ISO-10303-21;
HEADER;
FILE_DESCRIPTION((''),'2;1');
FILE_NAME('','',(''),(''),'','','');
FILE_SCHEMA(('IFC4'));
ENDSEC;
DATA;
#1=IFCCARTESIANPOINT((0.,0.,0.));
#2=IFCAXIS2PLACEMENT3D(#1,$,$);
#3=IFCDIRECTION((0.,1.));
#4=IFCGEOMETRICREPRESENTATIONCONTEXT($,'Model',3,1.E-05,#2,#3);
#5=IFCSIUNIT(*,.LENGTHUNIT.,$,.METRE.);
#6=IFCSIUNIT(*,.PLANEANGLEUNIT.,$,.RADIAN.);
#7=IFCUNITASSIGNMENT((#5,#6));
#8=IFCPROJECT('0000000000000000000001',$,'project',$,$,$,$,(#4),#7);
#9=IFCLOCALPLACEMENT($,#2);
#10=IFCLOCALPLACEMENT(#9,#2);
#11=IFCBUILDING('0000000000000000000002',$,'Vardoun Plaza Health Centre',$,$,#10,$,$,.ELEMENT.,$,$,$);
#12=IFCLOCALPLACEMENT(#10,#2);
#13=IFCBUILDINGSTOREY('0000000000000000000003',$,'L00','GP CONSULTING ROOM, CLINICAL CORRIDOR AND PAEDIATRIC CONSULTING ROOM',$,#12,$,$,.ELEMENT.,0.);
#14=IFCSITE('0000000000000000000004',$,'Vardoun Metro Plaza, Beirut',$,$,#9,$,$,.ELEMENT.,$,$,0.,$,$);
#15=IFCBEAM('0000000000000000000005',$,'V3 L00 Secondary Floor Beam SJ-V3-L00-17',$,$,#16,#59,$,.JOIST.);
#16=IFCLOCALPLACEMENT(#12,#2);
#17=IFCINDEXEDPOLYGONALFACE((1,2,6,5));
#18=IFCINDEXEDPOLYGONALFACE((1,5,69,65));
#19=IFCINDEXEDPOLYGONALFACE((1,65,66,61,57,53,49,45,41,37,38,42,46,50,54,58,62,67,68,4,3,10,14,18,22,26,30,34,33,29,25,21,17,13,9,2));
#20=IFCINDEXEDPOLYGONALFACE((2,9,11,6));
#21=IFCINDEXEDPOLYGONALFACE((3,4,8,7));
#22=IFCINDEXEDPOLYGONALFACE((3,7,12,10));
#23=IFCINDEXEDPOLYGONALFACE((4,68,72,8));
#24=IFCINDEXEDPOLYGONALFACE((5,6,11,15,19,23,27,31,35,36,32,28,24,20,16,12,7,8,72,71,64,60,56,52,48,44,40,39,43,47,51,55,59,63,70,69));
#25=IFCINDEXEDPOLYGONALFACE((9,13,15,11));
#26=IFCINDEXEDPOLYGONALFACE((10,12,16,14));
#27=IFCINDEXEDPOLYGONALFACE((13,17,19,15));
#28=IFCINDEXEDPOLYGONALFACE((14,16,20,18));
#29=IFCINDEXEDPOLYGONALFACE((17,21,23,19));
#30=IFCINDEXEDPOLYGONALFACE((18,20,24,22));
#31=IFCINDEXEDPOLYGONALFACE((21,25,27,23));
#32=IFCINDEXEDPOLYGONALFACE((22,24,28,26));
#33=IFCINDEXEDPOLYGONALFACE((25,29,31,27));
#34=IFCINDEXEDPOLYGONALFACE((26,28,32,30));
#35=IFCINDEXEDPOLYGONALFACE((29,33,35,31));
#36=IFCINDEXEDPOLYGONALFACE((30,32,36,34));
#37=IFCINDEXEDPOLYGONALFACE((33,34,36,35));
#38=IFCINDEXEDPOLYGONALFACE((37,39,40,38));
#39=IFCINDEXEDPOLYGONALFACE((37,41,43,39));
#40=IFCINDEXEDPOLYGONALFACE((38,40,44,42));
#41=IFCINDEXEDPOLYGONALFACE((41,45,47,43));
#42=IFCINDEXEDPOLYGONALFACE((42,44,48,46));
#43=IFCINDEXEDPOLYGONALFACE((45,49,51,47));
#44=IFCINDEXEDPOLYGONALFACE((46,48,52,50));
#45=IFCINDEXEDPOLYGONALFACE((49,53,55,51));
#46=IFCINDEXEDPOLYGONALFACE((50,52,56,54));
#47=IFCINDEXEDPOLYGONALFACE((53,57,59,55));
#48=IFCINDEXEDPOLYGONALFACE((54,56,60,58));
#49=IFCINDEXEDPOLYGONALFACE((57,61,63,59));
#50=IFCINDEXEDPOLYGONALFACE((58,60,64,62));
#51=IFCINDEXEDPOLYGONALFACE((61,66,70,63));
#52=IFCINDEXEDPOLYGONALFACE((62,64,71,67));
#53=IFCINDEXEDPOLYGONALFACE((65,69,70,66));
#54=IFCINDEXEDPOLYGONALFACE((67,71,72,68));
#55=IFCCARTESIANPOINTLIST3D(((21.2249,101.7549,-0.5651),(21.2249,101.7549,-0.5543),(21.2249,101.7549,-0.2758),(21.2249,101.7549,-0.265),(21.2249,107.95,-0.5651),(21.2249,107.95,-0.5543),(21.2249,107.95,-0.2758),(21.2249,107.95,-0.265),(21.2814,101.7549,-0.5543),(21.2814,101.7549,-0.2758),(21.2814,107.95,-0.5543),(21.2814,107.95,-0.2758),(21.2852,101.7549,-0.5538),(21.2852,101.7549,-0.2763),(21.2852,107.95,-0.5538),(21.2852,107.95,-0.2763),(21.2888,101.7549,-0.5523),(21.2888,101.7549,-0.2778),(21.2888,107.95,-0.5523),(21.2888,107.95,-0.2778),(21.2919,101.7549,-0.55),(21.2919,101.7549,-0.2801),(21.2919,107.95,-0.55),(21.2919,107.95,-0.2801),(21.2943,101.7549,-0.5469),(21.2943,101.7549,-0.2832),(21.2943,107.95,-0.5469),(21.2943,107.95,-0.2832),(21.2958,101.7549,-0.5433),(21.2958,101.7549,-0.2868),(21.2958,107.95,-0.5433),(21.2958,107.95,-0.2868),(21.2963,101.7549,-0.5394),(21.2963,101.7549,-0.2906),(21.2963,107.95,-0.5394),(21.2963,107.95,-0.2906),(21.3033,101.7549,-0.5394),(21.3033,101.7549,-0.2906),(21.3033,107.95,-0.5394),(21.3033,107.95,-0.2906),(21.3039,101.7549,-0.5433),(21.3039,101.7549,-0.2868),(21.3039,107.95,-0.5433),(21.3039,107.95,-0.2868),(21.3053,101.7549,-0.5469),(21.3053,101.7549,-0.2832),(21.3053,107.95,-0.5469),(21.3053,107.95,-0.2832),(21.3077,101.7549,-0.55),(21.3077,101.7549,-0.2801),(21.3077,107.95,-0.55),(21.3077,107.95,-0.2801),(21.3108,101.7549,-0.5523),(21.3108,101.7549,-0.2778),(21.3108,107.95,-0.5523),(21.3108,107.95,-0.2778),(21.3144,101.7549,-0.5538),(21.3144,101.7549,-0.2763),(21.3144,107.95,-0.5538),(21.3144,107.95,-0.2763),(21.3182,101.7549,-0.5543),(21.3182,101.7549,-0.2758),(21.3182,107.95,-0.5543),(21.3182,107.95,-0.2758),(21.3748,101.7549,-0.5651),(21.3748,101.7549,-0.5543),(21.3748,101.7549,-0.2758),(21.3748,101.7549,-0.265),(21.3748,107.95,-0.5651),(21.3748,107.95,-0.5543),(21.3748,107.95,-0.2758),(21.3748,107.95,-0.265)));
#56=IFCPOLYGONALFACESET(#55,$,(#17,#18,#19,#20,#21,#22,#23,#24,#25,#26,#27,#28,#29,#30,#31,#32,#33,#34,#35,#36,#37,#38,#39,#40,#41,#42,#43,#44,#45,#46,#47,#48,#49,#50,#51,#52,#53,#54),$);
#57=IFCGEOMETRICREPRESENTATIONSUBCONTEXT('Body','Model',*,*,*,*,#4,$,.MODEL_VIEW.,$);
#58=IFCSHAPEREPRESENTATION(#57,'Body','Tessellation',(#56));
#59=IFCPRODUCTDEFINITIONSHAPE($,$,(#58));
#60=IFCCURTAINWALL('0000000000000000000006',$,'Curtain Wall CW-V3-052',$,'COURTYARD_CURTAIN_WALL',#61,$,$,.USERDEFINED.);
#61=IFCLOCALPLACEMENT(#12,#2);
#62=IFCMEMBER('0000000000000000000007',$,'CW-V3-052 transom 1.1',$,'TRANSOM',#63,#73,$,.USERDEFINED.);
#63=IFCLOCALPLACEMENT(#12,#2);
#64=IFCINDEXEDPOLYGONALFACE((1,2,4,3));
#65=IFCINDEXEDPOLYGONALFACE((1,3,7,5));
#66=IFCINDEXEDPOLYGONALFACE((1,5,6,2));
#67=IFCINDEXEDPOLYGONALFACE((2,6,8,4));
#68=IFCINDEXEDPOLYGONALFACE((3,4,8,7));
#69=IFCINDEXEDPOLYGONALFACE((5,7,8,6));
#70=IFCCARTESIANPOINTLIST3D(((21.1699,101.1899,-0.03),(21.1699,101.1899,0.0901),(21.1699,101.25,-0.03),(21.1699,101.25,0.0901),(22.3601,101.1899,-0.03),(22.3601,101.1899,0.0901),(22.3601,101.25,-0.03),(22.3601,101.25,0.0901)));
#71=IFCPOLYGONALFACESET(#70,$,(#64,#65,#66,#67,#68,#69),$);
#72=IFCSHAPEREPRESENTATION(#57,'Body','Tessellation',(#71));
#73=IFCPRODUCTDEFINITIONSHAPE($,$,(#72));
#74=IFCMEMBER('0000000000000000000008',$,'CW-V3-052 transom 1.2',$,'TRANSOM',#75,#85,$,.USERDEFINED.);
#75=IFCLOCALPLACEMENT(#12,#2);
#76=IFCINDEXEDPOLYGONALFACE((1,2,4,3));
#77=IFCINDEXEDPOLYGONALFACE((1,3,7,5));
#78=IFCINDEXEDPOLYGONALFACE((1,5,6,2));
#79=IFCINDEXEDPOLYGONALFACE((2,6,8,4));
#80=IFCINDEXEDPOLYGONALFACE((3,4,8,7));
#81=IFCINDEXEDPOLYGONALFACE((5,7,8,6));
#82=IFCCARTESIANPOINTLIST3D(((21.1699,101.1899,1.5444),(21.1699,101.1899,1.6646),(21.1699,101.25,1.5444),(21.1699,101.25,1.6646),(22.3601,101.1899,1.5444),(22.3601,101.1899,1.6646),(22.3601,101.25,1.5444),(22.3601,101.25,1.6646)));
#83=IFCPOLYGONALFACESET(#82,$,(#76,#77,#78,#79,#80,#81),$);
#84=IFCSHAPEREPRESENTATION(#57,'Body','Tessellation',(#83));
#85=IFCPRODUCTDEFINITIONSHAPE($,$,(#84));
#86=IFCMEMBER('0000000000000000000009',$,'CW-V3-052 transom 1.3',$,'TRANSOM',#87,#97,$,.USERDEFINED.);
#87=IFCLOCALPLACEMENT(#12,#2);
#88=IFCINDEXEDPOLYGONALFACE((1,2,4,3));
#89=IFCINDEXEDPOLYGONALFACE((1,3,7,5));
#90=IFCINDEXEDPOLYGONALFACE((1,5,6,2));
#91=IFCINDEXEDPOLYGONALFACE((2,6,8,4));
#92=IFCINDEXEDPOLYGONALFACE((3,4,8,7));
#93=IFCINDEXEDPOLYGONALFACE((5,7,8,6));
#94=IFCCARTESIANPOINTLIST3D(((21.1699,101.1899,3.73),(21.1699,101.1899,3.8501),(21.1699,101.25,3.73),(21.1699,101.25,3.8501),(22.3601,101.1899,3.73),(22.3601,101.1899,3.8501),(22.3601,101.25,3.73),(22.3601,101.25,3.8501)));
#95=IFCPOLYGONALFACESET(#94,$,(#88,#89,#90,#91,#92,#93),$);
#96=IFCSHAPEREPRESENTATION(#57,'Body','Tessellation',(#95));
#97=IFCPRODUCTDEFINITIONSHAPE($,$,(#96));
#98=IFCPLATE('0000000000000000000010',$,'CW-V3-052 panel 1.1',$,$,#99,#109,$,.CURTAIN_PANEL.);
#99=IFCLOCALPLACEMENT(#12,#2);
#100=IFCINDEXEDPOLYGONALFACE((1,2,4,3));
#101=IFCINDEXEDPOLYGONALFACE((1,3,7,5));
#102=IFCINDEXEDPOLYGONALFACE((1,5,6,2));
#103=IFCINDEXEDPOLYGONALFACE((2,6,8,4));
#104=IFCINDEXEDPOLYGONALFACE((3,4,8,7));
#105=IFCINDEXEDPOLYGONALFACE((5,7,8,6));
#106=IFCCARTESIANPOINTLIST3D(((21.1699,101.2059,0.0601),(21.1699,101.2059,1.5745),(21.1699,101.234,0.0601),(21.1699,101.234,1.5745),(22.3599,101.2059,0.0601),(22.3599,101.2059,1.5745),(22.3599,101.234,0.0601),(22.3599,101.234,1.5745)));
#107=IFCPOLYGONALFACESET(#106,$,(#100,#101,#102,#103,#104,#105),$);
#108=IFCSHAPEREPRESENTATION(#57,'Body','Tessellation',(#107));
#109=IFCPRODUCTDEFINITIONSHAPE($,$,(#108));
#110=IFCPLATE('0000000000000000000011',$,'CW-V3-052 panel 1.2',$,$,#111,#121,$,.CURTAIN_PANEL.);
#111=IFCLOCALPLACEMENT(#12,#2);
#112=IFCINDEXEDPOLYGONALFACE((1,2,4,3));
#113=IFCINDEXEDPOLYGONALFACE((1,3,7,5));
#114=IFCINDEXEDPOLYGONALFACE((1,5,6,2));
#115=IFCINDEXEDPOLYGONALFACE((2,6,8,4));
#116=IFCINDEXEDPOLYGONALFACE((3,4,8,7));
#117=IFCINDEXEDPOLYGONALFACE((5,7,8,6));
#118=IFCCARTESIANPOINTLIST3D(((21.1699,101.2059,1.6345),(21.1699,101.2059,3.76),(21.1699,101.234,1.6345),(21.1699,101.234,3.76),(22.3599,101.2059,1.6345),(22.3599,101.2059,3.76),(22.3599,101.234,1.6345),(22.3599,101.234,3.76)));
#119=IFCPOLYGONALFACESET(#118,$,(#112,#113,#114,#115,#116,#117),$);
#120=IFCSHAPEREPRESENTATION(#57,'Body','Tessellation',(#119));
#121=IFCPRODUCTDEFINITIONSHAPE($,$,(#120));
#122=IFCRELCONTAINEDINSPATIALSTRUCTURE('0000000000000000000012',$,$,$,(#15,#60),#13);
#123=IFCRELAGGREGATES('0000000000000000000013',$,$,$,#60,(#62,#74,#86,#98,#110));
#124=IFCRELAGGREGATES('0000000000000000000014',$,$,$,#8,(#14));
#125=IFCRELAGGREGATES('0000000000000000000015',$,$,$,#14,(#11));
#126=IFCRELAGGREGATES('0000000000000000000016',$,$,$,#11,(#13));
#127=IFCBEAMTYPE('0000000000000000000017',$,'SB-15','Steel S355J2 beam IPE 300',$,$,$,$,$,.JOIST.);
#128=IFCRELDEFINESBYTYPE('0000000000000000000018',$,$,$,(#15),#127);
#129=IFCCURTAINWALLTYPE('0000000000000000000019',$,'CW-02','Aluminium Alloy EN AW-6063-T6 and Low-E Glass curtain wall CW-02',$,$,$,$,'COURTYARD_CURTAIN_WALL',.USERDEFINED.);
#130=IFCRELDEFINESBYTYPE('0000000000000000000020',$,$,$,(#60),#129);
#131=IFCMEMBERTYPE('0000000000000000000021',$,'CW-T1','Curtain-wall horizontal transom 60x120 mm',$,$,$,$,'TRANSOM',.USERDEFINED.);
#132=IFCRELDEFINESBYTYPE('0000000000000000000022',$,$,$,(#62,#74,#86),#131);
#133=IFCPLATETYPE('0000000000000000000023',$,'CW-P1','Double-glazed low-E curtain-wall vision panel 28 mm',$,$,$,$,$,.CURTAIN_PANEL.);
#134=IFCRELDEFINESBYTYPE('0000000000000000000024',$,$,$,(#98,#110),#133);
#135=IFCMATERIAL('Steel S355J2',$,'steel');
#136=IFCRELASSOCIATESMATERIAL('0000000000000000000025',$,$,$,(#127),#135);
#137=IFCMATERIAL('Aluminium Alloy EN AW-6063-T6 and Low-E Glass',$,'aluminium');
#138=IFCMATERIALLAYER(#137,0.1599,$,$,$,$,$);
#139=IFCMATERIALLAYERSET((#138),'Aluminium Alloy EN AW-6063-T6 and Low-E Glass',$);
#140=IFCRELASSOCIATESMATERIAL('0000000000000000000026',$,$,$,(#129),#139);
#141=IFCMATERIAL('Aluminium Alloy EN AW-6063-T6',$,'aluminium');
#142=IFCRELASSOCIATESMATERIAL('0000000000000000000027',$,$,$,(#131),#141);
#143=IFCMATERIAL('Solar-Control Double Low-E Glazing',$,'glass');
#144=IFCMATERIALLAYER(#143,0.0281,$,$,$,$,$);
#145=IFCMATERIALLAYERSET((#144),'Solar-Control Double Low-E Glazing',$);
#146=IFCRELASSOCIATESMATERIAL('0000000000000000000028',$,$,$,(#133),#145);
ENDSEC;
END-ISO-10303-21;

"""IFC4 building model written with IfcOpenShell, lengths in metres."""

from ifc_helpers import new_model, si_unit, direction, frame, origin, origin_2d, place, context, subcontext, project, spatial, rectangle, i_section, extrude, material, layer, layer_set, material_profile, profile_set, type_object, element, aggregate, save


model = new_model("IFC4")

# Units and contexts
model_context = context("Model", 3, precision=1e-05, world=origin(), true_north=direction((0.0, 1.0)))
body_context = subcontext(model_context, "Body", "Model", "MODEL_VIEW")
ifc_project = project(units=[si_unit("LENGTHUNIT", "METRE"), si_unit("PLANEANGLEUNIT", "RADIAN")], contexts=[model_context])

# Site, building, storey
site_placement = place(None, origin())
site = spatial("IfcSite", under=ifc_project, at=site_placement, Name="Vardoun Metro Plaza, Beirut", CompositionType="ELEMENT", RefElevation=0.0)
building_placement = place(site_placement, origin())
building = spatial("IfcBuilding", under=site, at=building_placement, Name="Vardoun Plaza Health Centre", CompositionType="ELEMENT")
storey_placement = place(building_placement, origin())
storey = spatial("IfcBuildingStorey", under=building, at=storey_placement, Name="L00", Description="GP CONSULTING ROOM, CLINICAL CORRIDOR AND PAEDIATRIC CONSULTING ROOM", CompositionType="ELEMENT", Elevation=0.0)

# Beam
ifc_material_1 = material(Name="Steel S355J2", Category="steel")
ifc_material_profile_1 = material_profile(ifc_material_1, i_section(OverallWidth=0.1499, OverallDepth=0.3, WebThickness=0.0071, FlangeThickness=0.0107, FilletRadius=0.0149, at=origin_2d()), Name="IPE 300")
ifc_profile_set_1 = profile_set([ifc_material_profile_1], Name="Steel S355J2")
beam_type_1 = type_object("IfcBeamType", Name="SB-15", Description="Steel S355J2 beam IPE 300", PredefinedType="JOIST", material=ifc_profile_set_1)
beam_1_placement = place(storey_placement, frame((21.2998, 101.7549, -0.415), z_axis=(0.0, 1.0, 0.0), x_axis=(-1.0, 0.0, 0.0)))
element("IfcBeam", 1, at=beam_1_placement, inside=storey, type_object=beam_type_1, Name="V3 L00 Secondary Floor Beam SJ-V3-L00-17", PredefinedType="JOIST", context=body_context, shape_type="SweptSolid", body=[
    extrude(i_section(OverallWidth=0.1499, OverallDepth=0.3, WebThickness=0.0071, FlangeThickness=0.0107, FilletRadius=0.0149, at=origin_2d()), origin(), (0.0, 0.0, 1.0), 6.1951),
])

# Curtain wall, members, plates
ifc_material_2 = material(Name="Aluminium Alloy EN AW-6063-T6 and Low-E Glass", Category="aluminium")
ifc_layer_1 = layer(ifc_material_2, 0.1599)
ifc_layer_set_1 = layer_set([ifc_layer_1], Name="Aluminium Alloy EN AW-6063-T6 and Low-E Glass")
curtain_wall_type = type_object("IfcCurtainWallType", Name="CW-02", Description="Aluminium Alloy EN AW-6063-T6 and Low-E Glass curtain wall CW-02", ElementType="COURTYARD_CURTAIN_WALL", PredefinedType="USERDEFINED", material=ifc_layer_set_1)
curtain_wall_placement = place(storey_placement, origin())
curtain_wall = element("IfcCurtainWall", 2, at=curtain_wall_placement, inside=storey, type_object=curtain_wall_type, Name="Curtain Wall CW-V3-052", ObjectType="COURTYARD_CURTAIN_WALL", PredefinedType="USERDEFINED")
ifc_material_3 = material(Name="Aluminium Alloy EN AW-6063-T6", Category="aluminium")
ifc_material_profile_2 = material_profile(ifc_material_3, rectangle(XDim=0.0601, YDim=0.1201, at=origin_2d()), Name="CWT 60x120")
ifc_profile_set_2 = profile_set([ifc_material_profile_2], Name="Aluminium Alloy EN AW-6063-T6")
member_type = type_object("IfcMemberType", Name="CW-T1", Description="Curtain-wall horizontal transom 60x120 mm", ElementType="TRANSOM", PredefinedType="USERDEFINED", material=ifc_profile_set_2)
member_1_placement = place(storey_placement, frame((22.3601, 101.22, 0.03), z_axis=(-1.0, 0.0, 0.0), x_axis=(0.0, -1.0, 0.0)))
member_1 = element("IfcMember", 3, at=member_1_placement, type_object=member_type, Name="CW-V3-052 transom 1.1", ObjectType="TRANSOM", PredefinedType="USERDEFINED", context=body_context, shape_type="SweptSolid", body=[
    extrude(rectangle(XDim=0.0601, YDim=0.1201, at=origin_2d()), origin(), (0.0, 0.0, 1.0), 1.1902),
])
member_2_placement = place(storey_placement, frame((22.3601, 101.22, 1.6045), z_axis=(-1.0, 0.0, 0.0), x_axis=(0.0, -1.0, 0.0)))
member_2 = element("IfcMember", 4, at=member_2_placement, type_object=member_type, Name="CW-V3-052 transom 1.2", ObjectType="TRANSOM", PredefinedType="USERDEFINED", context=body_context, shape_type="SweptSolid", body=[
    extrude(rectangle(XDim=0.0601, YDim=0.1201, at=origin_2d()), origin(), (0.0, 0.0, 1.0), 1.1902),
])
member_3_placement = place(storey_placement, frame((22.3601, 101.22, 3.79), z_axis=(-1.0, 0.0, 0.0), x_axis=(0.0, -1.0, 0.0)))
member_3 = element("IfcMember", 5, at=member_3_placement, type_object=member_type, Name="CW-V3-052 transom 1.3", ObjectType="TRANSOM", PredefinedType="USERDEFINED", context=body_context, shape_type="SweptSolid", body=[
    extrude(rectangle(XDim=0.0601, YDim=0.1201, at=origin_2d()), origin(), (0.0, 0.0, 1.0), 1.1902),
])
ifc_material_4 = material(Name="Solar-Control Double Low-E Glazing", Category="glass")
ifc_layer_2 = layer(ifc_material_4, 0.0281)
ifc_layer_set_2 = layer_set([ifc_layer_2], Name="Solar-Control Double Low-E Glazing")
plate_type = type_object("IfcPlateType", Name="CW-P1", Description="Double-glazed low-E curtain-wall vision panel 28 mm", PredefinedType="CURTAIN_PANEL", material=ifc_layer_set_2)
plate_1_placement = place(storey_placement, frame((21.7649, 101.22, 0.0601), z_axis=(0.0, 0.0, 1.0), x_axis=(-1.0, 0.0, 0.0)))
plate_1 = element("IfcPlate", 6, at=plate_1_placement, type_object=plate_type, Name="CW-V3-052 panel 1.1", PredefinedType="CURTAIN_PANEL", context=body_context, shape_type="SweptSolid", body=[
    extrude(rectangle(XDim=1.1899, YDim=0.0281, at=origin_2d()), origin(), (0.0, 0.0, 1.0), 1.5144),
])
plate_2_placement = place(storey_placement, frame((21.7649, 101.22, 1.6345), z_axis=(0.0, 0.0, 1.0), x_axis=(-1.0, 0.0, 0.0)))
plate_2 = element("IfcPlate", 7, at=plate_2_placement, type_object=plate_type, Name="CW-V3-052 panel 1.2", PredefinedType="CURTAIN_PANEL", context=body_context, shape_type="SweptSolid", body=[
    extrude(rectangle(XDim=1.1899, YDim=0.0281, at=origin_2d()), origin(), (0.0, 0.0, 1.0), 2.1255),
])
aggregate(curtain_wall, [member_1, member_2, member_3, plate_1, plate_2])

save(model, "model.ifc")
